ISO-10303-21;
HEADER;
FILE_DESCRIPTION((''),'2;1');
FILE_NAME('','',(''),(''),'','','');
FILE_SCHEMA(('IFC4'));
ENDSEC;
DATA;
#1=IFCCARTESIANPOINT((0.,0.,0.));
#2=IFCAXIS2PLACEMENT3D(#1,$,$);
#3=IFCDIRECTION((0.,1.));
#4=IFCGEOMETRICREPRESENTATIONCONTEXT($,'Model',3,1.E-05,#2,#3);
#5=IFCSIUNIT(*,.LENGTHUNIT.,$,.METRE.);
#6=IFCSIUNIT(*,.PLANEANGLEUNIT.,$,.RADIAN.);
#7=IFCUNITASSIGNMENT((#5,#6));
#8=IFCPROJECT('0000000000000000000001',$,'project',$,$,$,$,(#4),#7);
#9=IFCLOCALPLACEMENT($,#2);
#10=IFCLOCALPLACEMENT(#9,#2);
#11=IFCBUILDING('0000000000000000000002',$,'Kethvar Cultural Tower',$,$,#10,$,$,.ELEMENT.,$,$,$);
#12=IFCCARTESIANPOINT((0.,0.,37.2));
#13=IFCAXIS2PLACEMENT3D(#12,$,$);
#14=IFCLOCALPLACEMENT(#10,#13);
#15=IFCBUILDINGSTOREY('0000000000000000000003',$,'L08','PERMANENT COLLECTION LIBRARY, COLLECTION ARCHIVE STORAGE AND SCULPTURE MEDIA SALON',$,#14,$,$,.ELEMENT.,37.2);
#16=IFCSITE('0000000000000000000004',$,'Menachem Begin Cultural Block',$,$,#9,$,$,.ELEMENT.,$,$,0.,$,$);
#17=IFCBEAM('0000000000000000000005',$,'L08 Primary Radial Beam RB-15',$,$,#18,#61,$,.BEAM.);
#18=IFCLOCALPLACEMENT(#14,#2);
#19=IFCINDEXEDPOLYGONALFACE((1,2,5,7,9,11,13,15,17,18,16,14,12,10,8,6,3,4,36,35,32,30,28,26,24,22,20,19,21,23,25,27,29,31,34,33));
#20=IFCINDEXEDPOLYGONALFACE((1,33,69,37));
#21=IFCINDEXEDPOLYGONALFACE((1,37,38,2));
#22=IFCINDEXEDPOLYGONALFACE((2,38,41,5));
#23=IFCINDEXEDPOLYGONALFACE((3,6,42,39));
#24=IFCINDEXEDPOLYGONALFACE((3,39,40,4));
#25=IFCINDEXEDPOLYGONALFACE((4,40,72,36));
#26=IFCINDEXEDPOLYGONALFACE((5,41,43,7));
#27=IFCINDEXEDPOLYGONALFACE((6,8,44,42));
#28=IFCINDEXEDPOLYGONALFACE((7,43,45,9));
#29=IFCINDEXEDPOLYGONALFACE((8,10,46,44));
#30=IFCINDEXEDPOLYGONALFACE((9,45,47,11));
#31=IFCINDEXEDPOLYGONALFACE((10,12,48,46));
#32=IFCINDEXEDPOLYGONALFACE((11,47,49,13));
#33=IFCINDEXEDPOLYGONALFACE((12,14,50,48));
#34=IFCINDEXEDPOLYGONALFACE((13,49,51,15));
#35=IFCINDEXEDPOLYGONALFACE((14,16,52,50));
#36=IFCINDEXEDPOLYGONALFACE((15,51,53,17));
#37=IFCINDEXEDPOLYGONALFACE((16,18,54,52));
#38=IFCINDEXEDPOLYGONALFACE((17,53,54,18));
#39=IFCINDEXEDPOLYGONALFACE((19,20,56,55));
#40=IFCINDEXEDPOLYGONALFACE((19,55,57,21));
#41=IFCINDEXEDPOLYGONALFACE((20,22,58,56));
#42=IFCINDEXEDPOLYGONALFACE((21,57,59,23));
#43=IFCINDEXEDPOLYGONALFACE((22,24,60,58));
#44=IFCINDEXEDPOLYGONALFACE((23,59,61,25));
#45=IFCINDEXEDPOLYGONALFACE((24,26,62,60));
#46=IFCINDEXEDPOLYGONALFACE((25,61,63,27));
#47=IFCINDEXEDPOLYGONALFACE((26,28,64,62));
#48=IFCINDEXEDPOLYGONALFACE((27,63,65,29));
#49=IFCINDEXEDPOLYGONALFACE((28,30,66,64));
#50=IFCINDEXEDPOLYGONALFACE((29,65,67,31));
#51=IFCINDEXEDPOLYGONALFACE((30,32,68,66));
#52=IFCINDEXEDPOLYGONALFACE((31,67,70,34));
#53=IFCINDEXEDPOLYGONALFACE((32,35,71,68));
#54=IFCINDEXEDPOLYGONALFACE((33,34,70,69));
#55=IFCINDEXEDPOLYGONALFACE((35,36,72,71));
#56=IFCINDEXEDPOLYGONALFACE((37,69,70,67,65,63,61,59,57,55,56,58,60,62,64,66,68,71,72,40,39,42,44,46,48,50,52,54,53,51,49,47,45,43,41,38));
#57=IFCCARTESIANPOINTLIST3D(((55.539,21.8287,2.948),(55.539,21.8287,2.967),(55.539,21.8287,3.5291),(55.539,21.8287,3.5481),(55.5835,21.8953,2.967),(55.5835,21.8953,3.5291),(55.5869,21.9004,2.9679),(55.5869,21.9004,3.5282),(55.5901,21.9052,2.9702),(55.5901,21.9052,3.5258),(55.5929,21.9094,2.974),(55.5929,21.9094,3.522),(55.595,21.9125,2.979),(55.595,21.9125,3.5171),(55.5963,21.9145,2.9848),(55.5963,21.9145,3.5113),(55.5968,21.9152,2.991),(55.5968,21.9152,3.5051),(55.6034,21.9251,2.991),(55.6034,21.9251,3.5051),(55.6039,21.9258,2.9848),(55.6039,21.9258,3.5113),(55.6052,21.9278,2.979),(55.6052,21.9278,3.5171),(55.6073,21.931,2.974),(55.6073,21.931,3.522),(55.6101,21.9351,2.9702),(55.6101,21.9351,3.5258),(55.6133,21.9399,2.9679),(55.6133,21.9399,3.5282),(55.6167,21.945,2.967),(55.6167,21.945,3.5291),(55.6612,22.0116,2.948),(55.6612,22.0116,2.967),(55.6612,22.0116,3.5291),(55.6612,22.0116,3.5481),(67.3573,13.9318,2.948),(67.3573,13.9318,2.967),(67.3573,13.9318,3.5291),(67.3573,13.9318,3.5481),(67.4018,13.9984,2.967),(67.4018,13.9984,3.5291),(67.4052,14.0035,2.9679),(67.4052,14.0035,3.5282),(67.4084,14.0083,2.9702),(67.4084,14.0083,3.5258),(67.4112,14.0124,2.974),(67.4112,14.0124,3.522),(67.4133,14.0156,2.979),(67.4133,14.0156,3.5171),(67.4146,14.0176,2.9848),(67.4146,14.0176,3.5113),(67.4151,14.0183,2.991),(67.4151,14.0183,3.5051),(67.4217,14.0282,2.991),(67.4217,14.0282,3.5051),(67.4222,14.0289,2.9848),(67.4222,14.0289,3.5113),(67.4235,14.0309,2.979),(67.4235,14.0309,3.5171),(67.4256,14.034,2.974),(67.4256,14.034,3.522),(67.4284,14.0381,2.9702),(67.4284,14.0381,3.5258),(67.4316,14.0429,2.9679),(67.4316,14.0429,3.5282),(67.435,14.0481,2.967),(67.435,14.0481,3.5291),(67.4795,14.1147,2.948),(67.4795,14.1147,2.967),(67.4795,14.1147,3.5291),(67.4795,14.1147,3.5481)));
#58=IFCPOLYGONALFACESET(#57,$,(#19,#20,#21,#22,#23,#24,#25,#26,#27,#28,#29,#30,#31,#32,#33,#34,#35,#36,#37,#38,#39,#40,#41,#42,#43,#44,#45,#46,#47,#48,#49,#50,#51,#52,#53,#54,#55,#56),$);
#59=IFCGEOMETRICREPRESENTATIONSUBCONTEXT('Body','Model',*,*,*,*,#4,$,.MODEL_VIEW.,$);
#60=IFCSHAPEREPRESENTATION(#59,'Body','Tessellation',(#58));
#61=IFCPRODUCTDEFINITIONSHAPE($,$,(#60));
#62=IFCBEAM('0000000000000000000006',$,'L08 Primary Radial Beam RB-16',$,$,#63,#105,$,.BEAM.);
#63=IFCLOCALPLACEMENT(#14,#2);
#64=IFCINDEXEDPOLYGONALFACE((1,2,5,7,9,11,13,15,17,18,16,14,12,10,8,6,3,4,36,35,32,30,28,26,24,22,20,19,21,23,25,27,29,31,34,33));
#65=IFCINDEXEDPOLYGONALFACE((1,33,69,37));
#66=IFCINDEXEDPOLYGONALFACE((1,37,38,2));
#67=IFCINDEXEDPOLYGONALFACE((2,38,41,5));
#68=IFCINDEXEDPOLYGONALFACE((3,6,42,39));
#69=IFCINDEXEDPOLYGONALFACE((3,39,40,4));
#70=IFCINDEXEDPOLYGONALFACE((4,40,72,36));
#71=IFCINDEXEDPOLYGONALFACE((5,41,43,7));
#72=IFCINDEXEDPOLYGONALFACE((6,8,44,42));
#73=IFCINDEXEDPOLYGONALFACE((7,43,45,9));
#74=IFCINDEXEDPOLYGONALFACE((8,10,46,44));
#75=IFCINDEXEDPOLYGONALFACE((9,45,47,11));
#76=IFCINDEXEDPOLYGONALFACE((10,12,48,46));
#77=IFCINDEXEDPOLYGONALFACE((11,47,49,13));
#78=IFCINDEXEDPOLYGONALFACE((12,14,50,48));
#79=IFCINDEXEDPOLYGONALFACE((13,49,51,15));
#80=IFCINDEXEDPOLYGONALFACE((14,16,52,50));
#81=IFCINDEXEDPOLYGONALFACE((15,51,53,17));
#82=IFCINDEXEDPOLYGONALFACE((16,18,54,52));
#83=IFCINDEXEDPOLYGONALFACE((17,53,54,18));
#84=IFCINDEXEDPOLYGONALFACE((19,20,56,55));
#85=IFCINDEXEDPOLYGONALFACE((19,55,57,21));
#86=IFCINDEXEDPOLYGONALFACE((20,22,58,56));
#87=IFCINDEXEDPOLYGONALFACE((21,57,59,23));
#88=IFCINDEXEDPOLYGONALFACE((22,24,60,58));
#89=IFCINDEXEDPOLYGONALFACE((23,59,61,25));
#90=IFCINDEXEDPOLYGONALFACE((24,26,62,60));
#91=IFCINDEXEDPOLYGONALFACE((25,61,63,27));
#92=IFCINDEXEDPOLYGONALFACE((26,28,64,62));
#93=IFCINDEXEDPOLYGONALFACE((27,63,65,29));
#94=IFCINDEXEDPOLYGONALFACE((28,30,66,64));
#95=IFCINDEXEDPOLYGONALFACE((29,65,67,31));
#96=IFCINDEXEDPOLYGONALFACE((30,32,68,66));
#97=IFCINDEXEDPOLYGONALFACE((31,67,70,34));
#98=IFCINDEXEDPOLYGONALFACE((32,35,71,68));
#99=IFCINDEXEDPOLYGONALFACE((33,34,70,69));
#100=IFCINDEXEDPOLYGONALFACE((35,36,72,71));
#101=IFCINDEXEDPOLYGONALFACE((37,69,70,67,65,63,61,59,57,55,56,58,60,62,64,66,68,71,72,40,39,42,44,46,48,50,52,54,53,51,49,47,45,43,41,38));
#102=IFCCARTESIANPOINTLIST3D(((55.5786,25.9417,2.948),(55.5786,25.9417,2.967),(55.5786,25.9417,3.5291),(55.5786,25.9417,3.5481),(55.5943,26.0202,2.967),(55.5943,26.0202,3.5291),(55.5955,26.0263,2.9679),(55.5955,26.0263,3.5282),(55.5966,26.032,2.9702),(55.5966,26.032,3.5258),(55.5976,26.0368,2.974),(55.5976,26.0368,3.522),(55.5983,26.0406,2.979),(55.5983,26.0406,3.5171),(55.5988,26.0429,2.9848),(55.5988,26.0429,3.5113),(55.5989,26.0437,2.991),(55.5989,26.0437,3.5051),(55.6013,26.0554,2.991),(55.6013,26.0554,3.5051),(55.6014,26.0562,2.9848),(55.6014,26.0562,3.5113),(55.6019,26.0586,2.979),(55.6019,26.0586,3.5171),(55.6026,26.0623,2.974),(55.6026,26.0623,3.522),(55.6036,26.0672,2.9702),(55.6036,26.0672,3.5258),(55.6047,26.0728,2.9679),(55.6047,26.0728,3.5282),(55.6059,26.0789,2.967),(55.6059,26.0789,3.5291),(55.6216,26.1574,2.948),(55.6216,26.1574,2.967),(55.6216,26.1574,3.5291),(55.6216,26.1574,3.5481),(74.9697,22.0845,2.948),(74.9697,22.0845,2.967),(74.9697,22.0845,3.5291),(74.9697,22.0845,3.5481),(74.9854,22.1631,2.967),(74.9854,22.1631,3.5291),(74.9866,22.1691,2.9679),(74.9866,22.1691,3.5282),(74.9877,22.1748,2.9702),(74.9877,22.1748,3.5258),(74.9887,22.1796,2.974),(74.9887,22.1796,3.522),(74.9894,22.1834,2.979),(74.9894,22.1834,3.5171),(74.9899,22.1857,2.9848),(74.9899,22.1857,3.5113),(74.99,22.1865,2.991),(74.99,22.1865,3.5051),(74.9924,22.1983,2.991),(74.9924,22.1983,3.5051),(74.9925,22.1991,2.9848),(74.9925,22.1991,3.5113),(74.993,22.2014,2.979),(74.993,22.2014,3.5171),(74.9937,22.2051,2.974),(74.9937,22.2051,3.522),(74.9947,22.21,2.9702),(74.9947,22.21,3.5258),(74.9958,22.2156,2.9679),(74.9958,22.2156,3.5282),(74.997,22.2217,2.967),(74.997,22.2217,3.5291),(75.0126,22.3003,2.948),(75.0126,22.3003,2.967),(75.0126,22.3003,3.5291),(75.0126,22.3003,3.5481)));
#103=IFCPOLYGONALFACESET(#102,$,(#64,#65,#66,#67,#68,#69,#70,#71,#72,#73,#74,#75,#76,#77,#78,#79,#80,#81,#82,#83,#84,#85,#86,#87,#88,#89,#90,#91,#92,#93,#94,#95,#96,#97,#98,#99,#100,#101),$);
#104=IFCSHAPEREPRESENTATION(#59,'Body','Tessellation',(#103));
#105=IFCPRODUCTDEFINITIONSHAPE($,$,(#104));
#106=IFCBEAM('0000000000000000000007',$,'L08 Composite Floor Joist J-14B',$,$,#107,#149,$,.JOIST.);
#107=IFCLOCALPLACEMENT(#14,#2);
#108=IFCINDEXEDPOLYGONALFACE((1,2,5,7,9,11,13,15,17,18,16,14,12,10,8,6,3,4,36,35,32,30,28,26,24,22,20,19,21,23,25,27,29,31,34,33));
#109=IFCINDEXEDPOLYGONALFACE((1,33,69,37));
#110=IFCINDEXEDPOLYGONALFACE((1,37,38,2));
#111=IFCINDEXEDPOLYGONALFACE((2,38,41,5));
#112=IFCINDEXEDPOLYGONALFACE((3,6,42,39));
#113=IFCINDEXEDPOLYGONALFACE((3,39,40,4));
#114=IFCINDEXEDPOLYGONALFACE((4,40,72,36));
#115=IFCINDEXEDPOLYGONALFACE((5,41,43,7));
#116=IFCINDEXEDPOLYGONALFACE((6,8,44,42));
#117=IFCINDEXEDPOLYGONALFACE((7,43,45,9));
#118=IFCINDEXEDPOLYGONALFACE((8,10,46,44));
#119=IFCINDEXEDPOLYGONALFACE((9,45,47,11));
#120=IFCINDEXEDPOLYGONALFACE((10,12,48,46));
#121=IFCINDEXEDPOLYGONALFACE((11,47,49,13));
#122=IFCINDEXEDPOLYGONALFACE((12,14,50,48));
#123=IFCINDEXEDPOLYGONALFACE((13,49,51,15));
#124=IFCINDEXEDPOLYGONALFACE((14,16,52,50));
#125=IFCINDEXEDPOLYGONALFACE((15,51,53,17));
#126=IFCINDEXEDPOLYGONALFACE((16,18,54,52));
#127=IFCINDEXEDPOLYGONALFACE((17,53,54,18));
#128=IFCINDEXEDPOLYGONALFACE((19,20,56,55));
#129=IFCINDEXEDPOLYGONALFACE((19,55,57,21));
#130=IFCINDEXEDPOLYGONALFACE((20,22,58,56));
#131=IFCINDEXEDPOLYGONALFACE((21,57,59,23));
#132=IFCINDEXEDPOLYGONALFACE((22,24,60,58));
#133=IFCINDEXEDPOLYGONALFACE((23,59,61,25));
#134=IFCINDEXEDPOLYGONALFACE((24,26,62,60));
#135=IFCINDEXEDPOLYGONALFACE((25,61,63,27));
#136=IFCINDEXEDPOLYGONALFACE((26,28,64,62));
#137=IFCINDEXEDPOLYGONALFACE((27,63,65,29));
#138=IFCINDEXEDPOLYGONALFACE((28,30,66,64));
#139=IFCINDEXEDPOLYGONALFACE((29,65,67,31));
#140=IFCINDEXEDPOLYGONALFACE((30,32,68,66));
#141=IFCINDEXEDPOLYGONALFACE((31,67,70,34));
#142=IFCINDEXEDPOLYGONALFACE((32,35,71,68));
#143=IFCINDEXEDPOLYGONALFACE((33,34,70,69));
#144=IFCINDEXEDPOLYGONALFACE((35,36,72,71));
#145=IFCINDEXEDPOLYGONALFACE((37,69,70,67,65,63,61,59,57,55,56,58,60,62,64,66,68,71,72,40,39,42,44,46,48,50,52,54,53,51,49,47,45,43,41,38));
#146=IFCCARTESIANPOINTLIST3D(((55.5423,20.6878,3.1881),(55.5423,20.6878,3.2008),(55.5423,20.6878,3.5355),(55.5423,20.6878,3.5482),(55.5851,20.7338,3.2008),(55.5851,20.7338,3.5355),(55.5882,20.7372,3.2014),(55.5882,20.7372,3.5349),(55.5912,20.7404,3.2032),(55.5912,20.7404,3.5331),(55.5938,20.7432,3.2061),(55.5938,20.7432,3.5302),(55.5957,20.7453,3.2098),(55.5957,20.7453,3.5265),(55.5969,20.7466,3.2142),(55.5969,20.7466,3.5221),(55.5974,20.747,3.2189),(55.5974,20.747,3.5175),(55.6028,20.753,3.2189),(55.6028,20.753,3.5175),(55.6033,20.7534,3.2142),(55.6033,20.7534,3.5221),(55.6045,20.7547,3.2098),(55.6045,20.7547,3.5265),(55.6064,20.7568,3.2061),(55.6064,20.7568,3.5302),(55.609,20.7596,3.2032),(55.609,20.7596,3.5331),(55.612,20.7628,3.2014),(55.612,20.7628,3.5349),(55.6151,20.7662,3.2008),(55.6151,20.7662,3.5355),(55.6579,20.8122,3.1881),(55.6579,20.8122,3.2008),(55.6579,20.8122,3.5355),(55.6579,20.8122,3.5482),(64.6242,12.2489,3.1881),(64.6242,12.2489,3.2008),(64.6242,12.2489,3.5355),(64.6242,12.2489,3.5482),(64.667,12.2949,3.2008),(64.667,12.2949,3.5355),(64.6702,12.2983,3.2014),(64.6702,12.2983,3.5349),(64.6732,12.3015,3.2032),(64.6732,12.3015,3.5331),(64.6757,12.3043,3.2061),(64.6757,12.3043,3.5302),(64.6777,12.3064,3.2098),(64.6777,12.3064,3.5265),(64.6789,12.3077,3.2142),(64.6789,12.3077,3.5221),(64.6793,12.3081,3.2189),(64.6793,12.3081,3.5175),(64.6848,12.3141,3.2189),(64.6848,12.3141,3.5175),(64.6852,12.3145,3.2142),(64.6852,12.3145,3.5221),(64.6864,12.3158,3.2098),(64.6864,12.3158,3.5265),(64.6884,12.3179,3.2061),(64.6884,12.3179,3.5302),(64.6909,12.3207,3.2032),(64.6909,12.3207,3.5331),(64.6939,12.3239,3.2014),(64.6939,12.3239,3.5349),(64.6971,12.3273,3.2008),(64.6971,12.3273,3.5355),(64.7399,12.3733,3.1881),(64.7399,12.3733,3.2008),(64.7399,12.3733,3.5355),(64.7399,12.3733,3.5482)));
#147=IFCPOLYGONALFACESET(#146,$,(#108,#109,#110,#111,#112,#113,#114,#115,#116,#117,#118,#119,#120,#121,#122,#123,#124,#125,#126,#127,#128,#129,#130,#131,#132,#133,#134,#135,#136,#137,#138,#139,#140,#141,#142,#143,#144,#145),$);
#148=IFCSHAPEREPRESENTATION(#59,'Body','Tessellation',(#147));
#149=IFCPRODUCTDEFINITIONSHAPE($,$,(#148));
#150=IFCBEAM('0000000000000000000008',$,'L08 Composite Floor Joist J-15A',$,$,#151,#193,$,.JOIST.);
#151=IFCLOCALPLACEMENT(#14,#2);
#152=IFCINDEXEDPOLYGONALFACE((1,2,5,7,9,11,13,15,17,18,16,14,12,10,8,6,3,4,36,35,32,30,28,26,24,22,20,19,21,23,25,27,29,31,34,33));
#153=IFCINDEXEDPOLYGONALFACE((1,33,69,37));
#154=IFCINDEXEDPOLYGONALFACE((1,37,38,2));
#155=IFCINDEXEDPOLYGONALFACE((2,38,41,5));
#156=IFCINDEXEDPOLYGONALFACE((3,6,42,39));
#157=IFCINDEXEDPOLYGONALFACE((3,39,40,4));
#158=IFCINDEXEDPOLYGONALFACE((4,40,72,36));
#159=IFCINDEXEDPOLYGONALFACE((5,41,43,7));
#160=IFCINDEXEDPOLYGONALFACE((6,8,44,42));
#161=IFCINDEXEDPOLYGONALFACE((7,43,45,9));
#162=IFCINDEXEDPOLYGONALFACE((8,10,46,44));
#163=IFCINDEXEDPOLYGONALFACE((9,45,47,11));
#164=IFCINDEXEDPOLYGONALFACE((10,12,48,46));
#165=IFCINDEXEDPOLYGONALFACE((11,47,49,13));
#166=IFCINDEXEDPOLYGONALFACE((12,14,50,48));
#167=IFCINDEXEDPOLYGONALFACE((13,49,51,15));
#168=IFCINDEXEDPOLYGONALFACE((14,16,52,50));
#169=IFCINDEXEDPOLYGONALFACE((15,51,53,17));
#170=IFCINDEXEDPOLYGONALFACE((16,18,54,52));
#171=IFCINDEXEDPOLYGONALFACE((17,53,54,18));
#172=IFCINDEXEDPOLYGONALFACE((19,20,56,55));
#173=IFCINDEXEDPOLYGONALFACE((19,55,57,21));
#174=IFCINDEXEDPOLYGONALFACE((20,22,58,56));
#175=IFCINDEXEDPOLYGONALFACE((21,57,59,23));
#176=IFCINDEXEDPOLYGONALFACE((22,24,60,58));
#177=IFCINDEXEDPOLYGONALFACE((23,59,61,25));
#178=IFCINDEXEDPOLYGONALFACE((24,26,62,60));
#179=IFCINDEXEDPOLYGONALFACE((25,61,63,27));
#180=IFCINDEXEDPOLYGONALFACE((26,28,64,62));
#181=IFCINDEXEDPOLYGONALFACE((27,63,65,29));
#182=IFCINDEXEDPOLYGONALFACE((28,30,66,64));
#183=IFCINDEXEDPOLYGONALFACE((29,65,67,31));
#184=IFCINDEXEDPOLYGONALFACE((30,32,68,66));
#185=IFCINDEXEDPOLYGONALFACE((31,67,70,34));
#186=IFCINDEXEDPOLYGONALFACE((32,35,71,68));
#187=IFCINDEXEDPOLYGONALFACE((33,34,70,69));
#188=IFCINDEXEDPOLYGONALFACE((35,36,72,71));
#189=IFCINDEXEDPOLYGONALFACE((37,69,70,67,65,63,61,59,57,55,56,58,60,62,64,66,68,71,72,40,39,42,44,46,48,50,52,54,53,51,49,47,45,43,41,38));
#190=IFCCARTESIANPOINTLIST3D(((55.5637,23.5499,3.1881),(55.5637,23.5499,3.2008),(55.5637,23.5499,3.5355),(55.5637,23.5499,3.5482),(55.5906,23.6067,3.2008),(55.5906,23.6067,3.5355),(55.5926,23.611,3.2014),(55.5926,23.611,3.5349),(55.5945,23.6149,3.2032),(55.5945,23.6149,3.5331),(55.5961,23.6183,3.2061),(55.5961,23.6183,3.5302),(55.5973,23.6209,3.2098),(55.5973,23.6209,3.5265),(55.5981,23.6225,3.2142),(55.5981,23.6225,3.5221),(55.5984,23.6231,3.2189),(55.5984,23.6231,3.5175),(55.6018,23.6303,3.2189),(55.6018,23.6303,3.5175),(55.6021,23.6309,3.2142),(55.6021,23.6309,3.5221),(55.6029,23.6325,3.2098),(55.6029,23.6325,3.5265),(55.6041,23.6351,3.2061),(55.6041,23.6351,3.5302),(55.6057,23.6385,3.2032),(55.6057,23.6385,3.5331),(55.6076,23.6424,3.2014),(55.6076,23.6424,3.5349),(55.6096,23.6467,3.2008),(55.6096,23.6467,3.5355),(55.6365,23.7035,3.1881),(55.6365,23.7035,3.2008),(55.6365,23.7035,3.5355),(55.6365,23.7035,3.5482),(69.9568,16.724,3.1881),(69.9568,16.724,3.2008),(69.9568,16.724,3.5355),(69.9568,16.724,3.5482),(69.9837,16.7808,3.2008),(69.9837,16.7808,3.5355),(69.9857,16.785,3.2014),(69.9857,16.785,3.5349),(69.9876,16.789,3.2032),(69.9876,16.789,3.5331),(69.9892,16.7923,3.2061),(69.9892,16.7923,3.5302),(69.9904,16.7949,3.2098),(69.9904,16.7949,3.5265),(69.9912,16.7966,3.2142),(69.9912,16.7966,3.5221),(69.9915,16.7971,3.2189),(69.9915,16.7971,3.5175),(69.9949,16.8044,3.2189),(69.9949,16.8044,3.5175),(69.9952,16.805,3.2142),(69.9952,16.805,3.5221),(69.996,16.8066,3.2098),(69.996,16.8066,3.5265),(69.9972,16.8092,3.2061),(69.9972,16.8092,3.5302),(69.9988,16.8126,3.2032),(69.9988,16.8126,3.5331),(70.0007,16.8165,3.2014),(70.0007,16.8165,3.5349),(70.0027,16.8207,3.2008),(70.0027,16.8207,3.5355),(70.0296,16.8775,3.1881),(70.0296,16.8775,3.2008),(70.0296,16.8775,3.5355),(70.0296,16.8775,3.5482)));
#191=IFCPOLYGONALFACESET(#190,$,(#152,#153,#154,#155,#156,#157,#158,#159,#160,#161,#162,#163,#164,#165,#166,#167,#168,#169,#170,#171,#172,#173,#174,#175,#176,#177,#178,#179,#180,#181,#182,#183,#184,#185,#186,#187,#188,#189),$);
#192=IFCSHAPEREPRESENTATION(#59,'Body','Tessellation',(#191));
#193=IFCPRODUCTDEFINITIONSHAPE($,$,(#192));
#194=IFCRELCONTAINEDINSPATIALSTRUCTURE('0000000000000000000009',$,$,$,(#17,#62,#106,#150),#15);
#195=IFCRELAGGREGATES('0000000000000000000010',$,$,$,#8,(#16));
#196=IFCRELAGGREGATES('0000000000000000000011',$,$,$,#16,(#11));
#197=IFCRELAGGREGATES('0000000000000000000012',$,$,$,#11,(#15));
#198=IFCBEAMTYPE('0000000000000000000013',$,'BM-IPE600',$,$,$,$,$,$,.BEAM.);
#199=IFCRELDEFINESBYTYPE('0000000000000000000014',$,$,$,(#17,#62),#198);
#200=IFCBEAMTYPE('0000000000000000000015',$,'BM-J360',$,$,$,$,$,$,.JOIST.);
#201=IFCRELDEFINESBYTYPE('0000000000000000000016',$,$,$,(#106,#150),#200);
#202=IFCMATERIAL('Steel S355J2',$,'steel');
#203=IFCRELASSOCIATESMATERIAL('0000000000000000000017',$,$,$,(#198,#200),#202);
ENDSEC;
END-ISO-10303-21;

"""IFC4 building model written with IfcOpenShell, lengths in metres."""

from ifc_helpers import new_model, si_unit, direction, frame, origin, origin_2d, place, context, subcontext, project, spatial, i_section, extrude, source, transform, mapped, material, material_profile, profile_set, type_object, element, save


model = new_model("IFC4")

# Units and contexts
model_context = context("Model", 3, precision=1e-05, world=origin(), true_north=direction((0.0, 1.0)))
body_context = subcontext(model_context, "Body", "Model", "MODEL_VIEW")
ifc_project = project(units=[si_unit("LENGTHUNIT", "METRE"), si_unit("PLANEANGLEUNIT", "RADIAN")], contexts=[model_context])

# Site, building, storey
site_placement = place(None, origin())
site = spatial("IfcSite", under=ifc_project, at=site_placement, Name="Menachem Begin Cultural Block", CompositionType="ELEMENT", RefElevation=0.0)
building_placement = place(site_placement, origin())
building = spatial("IfcBuilding", under=site, at=building_placement, Name="Kethvar Cultural Tower", CompositionType="ELEMENT")
storey_placement = place(building_placement, frame((0.0, 0.0, 37.2)))
storey = spatial("IfcBuildingStorey", under=building, at=storey_placement, Name="L08", Description="PERMANENT COLLECTION LIBRARY, COLLECTION ARCHIVE STORAGE AND SCULPTURE MEDIA SALON", CompositionType="ELEMENT", Elevation=37.2)

# Beams
ifc_material_1 = material(Name="Steel S355J2", Category="steel")
ifc_material_profile_1 = material_profile(ifc_material_1, i_section(OverallWidth=0.22, OverallDepth=0.6001, WebThickness=0.012, FlangeThickness=0.019, FilletRadius=0.0239, at=origin_2d()), Name="Steel S355J2 — IPE600")
ifc_profile_set_1 = profile_set([ifc_material_profile_1], Name="Steel S355J2 — IPE600")
beam_type_1 = type_object("IfcBeamType", Name="BM-IPE600", PredefinedType="BEAM", material=ifc_profile_set_1)
shared_shape_1 = source(origin(), body_context, "Body", "SweptSolid", [
    extrude(i_section(OverallWidth=0.22, OverallDepth=0.6001, WebThickness=0.012, FlangeThickness=0.019, FilletRadius=0.0239, at=origin_2d()), origin(), (0.0, 0.0, 1.0), 14.2139),
])
beam_1_placement = place(storey_placement, frame((55.6001, 21.9202, 3.248), z_axis=(0.831463, -0.55558, 0.0), x_axis=(0.55558, 0.831463, 0.0)))
element("IfcBeam", 1, at=beam_1_placement, inside=storey, type_object=beam_type_1, Name="L08 Primary Radial Beam RB-15", PredefinedType="BEAM", context=body_context, shape_type="MappedRepresentation", body=[
    mapped(shared_shape_1, transform((0.0, 0.0, 0.0), scale=1.0)),
])
shared_shape_2 = source(origin(), body_context, "Body", "SweptSolid", [
    extrude(i_section(OverallWidth=0.22, OverallDepth=0.6001, WebThickness=0.012, FlangeThickness=0.019, FilletRadius=0.0239, at=origin_2d()), origin(), (0.0, 0.0, 1.0), 19.771),
])
beam_2_placement = place(storey_placement, frame((55.6001, 26.0496, 3.248), z_axis=(0.980785, -0.195093, 0.0), x_axis=(0.195093, 0.980785, 0.0)))
element("IfcBeam", 2, at=beam_2_placement, inside=storey, type_object=beam_type_1, Name="L08 Primary Radial Beam RB-16", PredefinedType="BEAM", context=body_context, shape_type="MappedRepresentation", body=[
    mapped(shared_shape_2, transform((0.0, 0.0, 0.0), scale=1.0)),
])
ifc_material_profile_2 = material_profile(ifc_material_1, i_section(OverallWidth=0.1699, OverallDepth=0.3601, WebThickness=0.0081, FlangeThickness=0.0127, FilletRadius=0.0181, at=origin_2d()), Name="Steel S355J2 — IPE360")
ifc_profile_set_2 = profile_set([ifc_material_profile_2], Name="Steel S355J2 — IPE360")
beam_type_2 = type_object("IfcBeamType", Name="BM-J360", PredefinedType="JOIST", material=ifc_profile_set_2)
shared_shape_3 = source(origin(), body_context, "Body", "SweptSolid", [
    extrude(i_section(OverallWidth=0.1699, OverallDepth=0.3601, WebThickness=0.0081, FlangeThickness=0.0127, FilletRadius=0.0181, at=origin_2d()), origin(), (0.0, 0.0, 1.0), 12.3975),
])
beam_3_placement = place(storey_placement, frame((55.6001, 20.75, 3.3682), z_axis=(0.732566, -0.680696, 0.0), x_axis=(0.680696, 0.732566, 0.0)))
element("IfcBeam", 3, at=beam_3_placement, inside=storey, type_object=beam_type_2, Name="L08 Composite Floor Joist J-14B", PredefinedType="JOIST", context=body_context, shape_type="MappedRepresentation", body=[
    mapped(shared_shape_3, transform((0.0, 0.0, 0.0), scale=1.0)),
])
shared_shape_4 = source(origin(), body_context, "Body", "SweptSolid", [
    extrude(i_section(OverallWidth=0.1699, OverallDepth=0.3601, WebThickness=0.0081, FlangeThickness=0.0127, FilletRadius=0.0181, at=origin_2d()), origin(), (0.0, 0.0, 1.0), 15.9297),
])
beam_4_placement = place(storey_placement, frame((55.6001, 23.6267, 3.3682), z_axis=(0.90354, -0.428505, 0.0), x_axis=(0.428505, 0.90354, 0.0)))
element("IfcBeam", 4, at=beam_4_placement, inside=storey, type_object=beam_type_2, Name="L08 Composite Floor Joist J-15A", PredefinedType="JOIST", context=body_context, shape_type="MappedRepresentation", body=[
    mapped(shared_shape_4, transform((0.0, 0.0, 0.0), scale=1.0)),
])

save(model, "model.ifc")
